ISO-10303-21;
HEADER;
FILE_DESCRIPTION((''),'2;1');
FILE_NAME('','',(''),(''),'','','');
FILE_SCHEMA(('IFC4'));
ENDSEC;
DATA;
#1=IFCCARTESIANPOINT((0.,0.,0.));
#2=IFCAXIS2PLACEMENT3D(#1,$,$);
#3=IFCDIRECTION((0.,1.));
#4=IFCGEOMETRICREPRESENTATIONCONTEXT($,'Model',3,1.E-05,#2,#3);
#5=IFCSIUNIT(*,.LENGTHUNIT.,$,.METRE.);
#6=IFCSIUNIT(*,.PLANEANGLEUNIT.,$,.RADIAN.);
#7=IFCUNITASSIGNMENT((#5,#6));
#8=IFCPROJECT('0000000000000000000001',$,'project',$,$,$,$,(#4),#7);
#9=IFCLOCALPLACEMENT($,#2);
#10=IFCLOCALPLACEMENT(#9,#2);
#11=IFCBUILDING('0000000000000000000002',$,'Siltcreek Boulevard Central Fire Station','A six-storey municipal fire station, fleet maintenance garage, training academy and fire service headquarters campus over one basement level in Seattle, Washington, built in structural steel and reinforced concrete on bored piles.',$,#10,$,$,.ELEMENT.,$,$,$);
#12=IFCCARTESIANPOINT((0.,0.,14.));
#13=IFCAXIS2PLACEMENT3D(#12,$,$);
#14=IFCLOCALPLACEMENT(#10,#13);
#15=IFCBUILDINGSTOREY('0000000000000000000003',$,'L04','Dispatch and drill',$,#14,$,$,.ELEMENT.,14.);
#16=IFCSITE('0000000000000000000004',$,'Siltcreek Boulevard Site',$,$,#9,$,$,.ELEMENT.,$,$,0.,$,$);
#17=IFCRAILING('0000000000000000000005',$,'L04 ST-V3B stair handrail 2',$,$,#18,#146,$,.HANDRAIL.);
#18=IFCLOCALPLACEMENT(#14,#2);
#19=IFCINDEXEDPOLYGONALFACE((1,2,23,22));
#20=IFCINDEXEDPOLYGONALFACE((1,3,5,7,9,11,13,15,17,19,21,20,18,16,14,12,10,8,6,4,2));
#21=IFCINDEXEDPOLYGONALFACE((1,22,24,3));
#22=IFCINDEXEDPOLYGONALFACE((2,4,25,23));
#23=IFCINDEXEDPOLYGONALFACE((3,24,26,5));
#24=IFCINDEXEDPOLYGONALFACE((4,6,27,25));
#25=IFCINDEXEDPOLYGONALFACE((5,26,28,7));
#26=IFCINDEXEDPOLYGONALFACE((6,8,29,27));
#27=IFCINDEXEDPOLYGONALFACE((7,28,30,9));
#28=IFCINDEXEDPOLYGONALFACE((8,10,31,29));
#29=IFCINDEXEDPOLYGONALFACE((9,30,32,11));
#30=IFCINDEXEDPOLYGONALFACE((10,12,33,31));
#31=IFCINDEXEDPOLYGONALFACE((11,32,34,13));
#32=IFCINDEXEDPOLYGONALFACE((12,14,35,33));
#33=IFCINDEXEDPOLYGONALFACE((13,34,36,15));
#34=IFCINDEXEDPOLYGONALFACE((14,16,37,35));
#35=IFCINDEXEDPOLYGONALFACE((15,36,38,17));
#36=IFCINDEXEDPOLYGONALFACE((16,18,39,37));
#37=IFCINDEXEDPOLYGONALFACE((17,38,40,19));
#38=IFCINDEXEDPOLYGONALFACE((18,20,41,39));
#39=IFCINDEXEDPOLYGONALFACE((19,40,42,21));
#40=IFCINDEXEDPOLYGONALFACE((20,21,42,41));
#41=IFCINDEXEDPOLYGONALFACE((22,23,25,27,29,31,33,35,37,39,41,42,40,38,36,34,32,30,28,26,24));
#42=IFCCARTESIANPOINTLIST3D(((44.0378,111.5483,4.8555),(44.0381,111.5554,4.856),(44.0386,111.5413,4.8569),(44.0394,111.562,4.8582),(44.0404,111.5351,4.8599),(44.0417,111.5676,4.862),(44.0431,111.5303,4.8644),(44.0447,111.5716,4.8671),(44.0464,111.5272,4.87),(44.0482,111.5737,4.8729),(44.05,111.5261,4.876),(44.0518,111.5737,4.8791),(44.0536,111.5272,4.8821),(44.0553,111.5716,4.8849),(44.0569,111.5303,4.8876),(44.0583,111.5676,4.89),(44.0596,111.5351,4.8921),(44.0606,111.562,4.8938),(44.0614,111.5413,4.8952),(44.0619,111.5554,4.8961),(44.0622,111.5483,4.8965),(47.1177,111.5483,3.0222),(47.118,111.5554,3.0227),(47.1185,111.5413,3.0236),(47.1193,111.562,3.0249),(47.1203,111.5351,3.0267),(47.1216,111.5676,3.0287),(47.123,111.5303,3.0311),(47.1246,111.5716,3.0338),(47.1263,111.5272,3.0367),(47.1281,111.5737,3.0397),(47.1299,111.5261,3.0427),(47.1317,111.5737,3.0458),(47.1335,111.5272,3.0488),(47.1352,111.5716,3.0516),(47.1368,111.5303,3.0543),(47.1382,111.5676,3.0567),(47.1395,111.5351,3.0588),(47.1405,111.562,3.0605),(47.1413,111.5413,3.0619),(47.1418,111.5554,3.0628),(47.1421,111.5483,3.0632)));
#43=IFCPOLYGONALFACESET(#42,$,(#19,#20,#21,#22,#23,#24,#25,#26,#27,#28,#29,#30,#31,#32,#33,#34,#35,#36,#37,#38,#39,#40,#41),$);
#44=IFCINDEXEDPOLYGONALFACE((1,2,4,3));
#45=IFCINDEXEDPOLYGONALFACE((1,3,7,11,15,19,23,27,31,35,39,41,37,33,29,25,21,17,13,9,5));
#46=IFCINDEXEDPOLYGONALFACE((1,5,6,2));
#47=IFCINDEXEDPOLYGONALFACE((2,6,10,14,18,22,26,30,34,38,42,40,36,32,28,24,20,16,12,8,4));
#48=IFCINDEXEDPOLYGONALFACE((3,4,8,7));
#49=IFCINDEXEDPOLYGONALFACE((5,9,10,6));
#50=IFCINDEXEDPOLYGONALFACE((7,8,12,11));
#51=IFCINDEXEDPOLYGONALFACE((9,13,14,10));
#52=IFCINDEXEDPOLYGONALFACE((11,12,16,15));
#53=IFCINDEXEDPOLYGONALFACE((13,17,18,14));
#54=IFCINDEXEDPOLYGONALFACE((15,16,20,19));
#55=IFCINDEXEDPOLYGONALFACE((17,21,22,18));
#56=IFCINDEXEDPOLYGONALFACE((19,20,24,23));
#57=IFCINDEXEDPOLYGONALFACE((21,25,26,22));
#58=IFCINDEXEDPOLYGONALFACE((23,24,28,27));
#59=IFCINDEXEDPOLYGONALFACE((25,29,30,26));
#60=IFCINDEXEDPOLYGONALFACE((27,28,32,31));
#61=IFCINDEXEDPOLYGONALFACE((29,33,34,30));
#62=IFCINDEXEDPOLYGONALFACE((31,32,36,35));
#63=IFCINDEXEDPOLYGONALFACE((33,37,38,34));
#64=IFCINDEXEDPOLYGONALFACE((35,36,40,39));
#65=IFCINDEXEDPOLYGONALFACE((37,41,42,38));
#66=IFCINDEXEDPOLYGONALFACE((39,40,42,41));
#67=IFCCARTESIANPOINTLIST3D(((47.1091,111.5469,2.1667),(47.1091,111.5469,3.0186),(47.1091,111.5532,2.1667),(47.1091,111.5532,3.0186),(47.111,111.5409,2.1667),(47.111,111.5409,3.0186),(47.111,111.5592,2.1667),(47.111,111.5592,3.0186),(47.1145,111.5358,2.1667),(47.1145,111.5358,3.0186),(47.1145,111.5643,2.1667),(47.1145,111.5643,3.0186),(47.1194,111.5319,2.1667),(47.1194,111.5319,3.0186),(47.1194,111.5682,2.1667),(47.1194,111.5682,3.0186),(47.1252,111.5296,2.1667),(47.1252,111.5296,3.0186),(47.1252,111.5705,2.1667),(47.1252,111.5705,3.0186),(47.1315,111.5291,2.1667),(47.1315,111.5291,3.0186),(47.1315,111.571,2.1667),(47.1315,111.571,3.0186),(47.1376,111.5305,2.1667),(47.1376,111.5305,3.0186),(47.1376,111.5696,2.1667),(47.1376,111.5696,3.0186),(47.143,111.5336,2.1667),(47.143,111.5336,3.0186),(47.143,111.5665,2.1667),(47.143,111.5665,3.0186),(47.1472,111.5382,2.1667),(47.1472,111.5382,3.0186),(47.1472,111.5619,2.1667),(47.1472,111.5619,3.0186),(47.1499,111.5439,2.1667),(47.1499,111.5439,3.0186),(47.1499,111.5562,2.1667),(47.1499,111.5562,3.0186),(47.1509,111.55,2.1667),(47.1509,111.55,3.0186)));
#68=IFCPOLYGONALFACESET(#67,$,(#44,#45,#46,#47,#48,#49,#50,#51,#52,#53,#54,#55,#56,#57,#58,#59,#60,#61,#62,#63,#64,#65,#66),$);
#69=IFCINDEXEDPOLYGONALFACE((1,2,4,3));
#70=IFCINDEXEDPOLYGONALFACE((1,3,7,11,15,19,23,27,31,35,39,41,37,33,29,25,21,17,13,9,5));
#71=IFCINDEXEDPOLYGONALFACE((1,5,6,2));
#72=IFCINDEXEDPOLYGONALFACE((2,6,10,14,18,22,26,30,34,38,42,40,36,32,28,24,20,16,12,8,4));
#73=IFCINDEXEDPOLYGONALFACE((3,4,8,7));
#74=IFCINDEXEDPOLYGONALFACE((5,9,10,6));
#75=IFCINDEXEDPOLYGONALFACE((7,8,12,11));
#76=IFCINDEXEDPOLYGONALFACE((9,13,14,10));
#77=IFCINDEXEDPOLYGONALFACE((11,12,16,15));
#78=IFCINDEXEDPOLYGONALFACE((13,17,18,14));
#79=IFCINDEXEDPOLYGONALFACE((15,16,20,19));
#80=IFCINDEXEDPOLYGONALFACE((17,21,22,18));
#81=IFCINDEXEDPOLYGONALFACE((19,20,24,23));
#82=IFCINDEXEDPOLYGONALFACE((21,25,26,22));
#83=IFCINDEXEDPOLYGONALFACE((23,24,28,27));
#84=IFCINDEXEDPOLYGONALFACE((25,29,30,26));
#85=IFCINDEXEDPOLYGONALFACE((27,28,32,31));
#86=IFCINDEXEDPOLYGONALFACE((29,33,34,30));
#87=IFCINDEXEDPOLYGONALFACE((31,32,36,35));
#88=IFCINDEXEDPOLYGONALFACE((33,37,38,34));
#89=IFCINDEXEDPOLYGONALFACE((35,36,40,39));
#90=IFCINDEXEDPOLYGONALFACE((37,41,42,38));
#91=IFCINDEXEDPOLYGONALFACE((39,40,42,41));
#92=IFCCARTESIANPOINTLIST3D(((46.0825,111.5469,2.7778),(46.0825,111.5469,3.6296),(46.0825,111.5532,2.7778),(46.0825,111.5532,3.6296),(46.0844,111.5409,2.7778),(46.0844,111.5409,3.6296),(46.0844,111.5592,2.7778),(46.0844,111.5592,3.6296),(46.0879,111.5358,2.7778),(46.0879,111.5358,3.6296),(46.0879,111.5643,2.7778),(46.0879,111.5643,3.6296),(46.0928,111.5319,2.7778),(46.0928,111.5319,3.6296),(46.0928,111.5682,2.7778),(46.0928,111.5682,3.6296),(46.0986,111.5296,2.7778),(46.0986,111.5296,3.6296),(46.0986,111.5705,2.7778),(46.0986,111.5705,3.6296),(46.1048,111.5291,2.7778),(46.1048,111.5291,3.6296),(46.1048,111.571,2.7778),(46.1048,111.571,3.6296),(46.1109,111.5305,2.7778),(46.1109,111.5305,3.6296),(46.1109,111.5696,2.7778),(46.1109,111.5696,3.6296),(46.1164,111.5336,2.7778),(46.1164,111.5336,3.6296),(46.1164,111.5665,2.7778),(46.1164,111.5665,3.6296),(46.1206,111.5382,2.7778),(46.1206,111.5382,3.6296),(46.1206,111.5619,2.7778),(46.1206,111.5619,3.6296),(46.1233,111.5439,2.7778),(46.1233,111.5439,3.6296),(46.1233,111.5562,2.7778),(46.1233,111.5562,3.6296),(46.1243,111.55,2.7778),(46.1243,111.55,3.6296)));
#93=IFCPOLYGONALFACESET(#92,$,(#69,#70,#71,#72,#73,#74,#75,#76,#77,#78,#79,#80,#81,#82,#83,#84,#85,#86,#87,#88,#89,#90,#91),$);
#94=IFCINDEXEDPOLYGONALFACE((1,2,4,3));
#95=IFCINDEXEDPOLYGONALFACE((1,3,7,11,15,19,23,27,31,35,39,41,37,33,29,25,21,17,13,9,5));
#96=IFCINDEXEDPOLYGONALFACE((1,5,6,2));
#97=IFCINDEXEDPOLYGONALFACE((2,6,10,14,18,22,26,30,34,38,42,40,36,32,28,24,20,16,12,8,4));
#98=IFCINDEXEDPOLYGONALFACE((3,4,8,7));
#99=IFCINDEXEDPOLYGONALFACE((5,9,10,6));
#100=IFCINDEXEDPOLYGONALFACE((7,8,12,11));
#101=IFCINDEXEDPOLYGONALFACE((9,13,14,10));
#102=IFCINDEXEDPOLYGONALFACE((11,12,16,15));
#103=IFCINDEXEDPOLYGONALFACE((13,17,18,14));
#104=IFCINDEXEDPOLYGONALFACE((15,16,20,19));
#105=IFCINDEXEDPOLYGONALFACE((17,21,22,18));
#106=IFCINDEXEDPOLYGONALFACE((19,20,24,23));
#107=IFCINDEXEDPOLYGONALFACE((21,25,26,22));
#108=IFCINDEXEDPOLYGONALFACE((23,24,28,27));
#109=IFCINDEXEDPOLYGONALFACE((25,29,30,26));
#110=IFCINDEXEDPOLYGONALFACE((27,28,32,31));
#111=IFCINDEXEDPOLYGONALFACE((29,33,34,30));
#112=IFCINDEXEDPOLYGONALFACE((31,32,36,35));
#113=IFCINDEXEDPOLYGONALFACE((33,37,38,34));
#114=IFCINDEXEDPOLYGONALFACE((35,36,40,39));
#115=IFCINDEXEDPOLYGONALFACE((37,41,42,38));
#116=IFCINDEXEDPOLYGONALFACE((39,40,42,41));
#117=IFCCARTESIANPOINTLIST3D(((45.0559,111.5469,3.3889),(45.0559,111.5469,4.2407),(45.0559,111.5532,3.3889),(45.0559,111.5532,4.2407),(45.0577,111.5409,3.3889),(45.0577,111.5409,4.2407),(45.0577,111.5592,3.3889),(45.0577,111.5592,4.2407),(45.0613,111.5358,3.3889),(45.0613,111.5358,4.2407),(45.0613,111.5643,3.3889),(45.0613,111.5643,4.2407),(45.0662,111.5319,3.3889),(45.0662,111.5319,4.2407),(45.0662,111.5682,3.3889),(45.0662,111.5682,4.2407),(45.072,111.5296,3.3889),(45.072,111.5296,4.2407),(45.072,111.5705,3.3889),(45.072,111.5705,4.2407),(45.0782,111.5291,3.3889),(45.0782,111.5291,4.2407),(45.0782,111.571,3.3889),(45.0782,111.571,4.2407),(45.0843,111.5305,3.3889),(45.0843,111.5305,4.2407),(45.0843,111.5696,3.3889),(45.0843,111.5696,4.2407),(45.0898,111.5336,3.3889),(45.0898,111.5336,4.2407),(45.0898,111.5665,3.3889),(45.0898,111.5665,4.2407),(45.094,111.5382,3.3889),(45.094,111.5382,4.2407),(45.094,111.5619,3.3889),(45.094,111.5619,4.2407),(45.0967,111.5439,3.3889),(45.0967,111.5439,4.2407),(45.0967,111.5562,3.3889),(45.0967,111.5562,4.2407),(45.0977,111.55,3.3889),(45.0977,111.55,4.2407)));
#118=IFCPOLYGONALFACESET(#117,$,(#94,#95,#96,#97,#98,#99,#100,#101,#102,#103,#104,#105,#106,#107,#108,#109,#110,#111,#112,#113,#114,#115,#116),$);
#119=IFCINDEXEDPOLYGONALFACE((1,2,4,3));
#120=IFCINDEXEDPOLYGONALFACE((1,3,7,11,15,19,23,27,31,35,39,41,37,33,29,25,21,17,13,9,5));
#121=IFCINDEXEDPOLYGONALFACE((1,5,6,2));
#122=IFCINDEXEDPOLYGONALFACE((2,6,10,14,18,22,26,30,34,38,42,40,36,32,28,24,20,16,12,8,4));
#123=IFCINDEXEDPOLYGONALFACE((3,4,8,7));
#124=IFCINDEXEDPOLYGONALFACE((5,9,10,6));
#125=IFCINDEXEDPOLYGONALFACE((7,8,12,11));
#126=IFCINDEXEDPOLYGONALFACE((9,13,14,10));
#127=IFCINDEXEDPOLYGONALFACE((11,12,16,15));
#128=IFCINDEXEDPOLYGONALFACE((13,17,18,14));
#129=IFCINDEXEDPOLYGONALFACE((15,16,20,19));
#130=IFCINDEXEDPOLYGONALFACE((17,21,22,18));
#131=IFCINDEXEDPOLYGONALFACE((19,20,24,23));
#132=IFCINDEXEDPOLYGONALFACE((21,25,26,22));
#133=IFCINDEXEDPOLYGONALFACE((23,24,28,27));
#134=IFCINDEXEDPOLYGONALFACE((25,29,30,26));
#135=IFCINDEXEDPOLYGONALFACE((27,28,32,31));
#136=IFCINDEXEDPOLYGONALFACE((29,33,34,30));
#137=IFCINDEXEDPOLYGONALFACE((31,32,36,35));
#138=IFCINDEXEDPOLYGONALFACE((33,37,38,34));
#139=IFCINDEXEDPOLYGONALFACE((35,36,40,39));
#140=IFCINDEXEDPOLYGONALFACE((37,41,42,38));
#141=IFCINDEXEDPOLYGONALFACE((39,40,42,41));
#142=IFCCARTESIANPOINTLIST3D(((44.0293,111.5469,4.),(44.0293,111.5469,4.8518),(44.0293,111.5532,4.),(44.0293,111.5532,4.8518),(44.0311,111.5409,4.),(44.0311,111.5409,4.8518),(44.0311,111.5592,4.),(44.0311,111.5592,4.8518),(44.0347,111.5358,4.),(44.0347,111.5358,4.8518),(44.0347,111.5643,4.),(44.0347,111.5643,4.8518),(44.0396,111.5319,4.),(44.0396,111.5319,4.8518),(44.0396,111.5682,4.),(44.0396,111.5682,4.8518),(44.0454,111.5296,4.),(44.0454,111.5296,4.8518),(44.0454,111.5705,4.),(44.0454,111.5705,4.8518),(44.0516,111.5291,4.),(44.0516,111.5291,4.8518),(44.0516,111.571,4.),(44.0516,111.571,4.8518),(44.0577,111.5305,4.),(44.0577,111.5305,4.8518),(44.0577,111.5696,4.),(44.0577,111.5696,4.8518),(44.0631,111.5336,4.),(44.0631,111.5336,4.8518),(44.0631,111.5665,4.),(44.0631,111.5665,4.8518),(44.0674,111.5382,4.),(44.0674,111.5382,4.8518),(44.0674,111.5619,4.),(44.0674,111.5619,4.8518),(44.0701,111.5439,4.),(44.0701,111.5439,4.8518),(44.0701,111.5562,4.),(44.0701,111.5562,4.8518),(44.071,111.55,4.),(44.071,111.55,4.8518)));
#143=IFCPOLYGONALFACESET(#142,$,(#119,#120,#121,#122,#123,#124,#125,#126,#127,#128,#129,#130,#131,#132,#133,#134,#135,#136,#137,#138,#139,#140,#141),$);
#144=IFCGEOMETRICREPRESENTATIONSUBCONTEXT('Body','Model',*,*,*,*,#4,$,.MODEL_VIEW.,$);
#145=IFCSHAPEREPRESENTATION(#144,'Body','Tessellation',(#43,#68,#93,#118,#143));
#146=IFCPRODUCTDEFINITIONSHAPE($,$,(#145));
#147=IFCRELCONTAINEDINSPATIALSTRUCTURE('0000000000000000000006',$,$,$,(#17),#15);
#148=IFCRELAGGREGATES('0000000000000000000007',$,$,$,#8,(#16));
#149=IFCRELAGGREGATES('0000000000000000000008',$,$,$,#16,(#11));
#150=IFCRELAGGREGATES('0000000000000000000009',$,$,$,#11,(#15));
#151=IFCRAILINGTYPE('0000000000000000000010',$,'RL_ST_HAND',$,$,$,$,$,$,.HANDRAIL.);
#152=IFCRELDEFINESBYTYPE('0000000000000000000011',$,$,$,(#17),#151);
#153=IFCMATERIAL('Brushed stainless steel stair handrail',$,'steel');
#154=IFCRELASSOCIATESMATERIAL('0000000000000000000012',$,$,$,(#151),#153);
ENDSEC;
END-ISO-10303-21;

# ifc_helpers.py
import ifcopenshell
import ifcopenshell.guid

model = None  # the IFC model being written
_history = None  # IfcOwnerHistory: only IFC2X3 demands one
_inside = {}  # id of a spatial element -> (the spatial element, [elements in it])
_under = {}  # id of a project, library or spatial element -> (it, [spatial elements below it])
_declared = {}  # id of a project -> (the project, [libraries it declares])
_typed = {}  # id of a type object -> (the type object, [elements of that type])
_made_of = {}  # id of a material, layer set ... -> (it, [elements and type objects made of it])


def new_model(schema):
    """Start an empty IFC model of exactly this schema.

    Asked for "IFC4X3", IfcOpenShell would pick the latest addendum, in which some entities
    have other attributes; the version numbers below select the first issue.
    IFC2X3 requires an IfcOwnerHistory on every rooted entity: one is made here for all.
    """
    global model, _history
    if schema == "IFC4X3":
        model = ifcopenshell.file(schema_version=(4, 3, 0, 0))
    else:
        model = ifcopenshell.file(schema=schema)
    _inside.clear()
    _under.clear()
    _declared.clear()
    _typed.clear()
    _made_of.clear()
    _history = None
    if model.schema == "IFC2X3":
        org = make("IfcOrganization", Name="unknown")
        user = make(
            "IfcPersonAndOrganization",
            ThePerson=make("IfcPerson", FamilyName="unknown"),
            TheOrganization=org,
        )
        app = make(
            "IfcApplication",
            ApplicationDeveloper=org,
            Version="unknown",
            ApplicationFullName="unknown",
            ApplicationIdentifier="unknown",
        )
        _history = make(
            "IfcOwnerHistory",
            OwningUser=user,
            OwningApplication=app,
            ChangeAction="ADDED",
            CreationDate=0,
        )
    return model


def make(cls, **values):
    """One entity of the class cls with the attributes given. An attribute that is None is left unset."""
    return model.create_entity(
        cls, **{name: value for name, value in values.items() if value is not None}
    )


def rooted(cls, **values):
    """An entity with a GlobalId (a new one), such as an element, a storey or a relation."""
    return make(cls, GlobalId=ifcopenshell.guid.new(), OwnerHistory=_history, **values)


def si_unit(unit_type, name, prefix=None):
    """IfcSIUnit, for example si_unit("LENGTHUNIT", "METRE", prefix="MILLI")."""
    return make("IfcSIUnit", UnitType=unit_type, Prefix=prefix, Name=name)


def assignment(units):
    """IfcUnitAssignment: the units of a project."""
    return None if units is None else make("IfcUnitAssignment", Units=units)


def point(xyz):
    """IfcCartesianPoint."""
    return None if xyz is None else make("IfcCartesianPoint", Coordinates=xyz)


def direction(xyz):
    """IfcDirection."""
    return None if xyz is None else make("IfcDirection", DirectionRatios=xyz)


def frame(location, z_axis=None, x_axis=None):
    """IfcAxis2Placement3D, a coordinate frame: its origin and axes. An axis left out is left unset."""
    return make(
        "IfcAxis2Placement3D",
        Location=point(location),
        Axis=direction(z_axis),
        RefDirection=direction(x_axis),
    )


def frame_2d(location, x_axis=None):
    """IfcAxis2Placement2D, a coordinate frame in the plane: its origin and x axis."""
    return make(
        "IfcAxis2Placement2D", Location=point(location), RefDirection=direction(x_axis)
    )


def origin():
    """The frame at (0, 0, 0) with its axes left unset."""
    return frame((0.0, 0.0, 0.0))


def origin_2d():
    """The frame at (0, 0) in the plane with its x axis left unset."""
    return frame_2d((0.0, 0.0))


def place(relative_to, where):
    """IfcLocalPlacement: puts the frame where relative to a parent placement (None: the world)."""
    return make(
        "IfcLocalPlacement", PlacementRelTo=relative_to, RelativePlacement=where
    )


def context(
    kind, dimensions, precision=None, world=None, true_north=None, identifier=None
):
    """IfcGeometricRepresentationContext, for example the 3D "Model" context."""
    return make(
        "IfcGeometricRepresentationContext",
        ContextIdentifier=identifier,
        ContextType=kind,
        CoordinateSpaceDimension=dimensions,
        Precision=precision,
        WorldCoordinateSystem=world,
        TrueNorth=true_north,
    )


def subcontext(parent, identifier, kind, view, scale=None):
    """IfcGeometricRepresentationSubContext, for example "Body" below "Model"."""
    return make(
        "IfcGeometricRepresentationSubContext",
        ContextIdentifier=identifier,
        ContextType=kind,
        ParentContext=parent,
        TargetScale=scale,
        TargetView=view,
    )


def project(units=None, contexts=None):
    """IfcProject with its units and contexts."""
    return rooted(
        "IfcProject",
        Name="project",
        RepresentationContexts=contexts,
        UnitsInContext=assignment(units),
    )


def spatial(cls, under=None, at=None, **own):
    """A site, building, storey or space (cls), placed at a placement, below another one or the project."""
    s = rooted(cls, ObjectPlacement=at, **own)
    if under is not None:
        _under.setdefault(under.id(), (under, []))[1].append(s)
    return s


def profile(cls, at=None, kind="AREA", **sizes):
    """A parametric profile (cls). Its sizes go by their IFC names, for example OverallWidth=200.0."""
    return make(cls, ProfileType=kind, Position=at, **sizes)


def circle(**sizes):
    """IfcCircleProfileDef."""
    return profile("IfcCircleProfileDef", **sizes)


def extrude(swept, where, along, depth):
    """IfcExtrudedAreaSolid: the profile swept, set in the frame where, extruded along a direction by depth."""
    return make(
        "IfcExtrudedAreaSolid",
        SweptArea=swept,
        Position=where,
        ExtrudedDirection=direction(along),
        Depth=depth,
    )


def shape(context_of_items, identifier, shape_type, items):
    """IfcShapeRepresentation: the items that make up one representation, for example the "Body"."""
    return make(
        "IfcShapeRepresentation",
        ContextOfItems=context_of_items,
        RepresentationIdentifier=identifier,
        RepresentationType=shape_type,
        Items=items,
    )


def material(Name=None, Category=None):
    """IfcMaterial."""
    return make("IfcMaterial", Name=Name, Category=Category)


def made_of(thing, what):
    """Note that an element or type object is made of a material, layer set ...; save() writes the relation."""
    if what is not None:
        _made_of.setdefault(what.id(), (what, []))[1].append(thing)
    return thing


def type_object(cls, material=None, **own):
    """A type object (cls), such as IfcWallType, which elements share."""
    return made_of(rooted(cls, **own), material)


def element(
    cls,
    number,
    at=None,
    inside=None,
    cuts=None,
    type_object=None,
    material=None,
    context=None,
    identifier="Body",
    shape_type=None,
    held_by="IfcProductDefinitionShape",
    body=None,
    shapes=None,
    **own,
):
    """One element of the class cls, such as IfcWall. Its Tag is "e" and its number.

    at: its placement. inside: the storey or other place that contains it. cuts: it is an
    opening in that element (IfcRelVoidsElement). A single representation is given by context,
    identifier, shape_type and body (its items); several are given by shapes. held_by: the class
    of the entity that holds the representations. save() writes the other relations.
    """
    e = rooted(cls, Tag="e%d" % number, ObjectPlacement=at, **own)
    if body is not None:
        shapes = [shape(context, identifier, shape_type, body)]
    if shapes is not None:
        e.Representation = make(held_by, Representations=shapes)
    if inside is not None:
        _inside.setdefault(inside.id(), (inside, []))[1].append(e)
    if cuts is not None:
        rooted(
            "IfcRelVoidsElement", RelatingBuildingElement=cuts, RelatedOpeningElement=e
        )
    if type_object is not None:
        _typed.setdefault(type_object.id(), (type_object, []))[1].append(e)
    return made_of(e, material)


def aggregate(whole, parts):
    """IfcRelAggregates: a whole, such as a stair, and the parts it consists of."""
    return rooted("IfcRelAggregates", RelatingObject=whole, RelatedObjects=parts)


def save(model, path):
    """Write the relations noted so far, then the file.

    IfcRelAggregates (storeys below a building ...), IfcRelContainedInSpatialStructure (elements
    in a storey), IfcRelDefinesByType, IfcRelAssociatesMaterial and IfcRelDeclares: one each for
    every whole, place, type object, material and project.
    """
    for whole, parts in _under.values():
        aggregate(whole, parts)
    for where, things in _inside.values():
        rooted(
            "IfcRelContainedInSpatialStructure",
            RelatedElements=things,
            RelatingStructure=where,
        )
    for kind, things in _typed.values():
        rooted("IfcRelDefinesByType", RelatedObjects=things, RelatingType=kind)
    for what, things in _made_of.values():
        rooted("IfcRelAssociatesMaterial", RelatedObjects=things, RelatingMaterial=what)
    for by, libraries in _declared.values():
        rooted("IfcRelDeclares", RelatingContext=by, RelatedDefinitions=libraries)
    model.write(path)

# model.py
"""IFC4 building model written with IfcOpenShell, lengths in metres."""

from ifc_helpers import new_model, si_unit, direction, frame, origin, origin_2d, place, context, subcontext, project, spatial, circle, extrude, material, type_object, element, save


model = new_model("IFC4")

# Units and contexts
model_context = context("Model", 3, precision=1e-05, world=origin(), true_north=direction((0.0, 1.0)))
body_context = subcontext(model_context, "Body", "Model", "MODEL_VIEW")
ifc_project = project(units=[si_unit("LENGTHUNIT", "METRE"), si_unit("PLANEANGLEUNIT", "RADIAN")], contexts=[model_context])

# Site, building, storey
site_placement = place(None, origin())
site = spatial("IfcSite", under=ifc_project, at=site_placement, Name="Siltcreek Boulevard Site", CompositionType="ELEMENT", RefElevation=0.0)
building_placement = place(site_placement, origin())
building = spatial("IfcBuilding", under=site, at=building_placement, Name="Siltcreek Boulevard Central Fire Station", Description="A six-storey municipal fire station, fleet maintenance garage, training academy and fire service headquarters campus over one basement level in Seattle, Washington, built in structural steel and reinforced concrete on bored piles.", CompositionType="ELEMENT")
storey_placement = place(building_placement, frame((0.0, 0.0, 14.0)))
storey = spatial("IfcBuildingStorey", under=building, at=storey_placement, Name="L04", Description="Dispatch and drill", CompositionType="ELEMENT", Elevation=14.0)

# Railing
ifc_material_1 = material(Name="Brushed stainless steel stair handrail", Category="steel")
railing_type = type_object("IfcRailingType", Name="RL_ST_HAND", PredefinedType="HANDRAIL", material=ifc_material_1)
railing_placement = place(storey_placement, frame((47.1299, 111.55, 2.1667)))
element("IfcRailing", 1, at=railing_placement, inside=storey, type_object=railing_type, Name="L04 ST-V3B stair handrail 2", PredefinedType="HANDRAIL", context=body_context, shape_type="SweptSolid", body=[
    extrude(circle(Radius=0.0239, at=origin_2d()), frame((0.0, 0.0, 0.876), z_axis=(-0.859291, 0.0, 0.511487), x_axis=(0.0, -1.0, 0.0)), (0.0, 0.0, 1.0), 3.5842),
    extrude(circle(Radius=0.021, at=origin_2d()), origin(), (0.0, 0.0, 1.0), 0.8518),
    extrude(circle(Radius=0.021, at=origin_2d()), frame((-1.0266, 0.0, 0.6111)), (0.0, 0.0, 1.0), 0.8518),
    extrude(circle(Radius=0.021, at=origin_2d()), frame((-2.0532, 0.0, 1.2222)), (0.0, 0.0, 1.0), 0.8518),
    extrude(circle(Radius=0.021, at=origin_2d()), frame((-3.0798, 0.0, 1.8333)), (0.0, 0.0, 1.0), 0.8518),
])

save(model, "model.ifc")
